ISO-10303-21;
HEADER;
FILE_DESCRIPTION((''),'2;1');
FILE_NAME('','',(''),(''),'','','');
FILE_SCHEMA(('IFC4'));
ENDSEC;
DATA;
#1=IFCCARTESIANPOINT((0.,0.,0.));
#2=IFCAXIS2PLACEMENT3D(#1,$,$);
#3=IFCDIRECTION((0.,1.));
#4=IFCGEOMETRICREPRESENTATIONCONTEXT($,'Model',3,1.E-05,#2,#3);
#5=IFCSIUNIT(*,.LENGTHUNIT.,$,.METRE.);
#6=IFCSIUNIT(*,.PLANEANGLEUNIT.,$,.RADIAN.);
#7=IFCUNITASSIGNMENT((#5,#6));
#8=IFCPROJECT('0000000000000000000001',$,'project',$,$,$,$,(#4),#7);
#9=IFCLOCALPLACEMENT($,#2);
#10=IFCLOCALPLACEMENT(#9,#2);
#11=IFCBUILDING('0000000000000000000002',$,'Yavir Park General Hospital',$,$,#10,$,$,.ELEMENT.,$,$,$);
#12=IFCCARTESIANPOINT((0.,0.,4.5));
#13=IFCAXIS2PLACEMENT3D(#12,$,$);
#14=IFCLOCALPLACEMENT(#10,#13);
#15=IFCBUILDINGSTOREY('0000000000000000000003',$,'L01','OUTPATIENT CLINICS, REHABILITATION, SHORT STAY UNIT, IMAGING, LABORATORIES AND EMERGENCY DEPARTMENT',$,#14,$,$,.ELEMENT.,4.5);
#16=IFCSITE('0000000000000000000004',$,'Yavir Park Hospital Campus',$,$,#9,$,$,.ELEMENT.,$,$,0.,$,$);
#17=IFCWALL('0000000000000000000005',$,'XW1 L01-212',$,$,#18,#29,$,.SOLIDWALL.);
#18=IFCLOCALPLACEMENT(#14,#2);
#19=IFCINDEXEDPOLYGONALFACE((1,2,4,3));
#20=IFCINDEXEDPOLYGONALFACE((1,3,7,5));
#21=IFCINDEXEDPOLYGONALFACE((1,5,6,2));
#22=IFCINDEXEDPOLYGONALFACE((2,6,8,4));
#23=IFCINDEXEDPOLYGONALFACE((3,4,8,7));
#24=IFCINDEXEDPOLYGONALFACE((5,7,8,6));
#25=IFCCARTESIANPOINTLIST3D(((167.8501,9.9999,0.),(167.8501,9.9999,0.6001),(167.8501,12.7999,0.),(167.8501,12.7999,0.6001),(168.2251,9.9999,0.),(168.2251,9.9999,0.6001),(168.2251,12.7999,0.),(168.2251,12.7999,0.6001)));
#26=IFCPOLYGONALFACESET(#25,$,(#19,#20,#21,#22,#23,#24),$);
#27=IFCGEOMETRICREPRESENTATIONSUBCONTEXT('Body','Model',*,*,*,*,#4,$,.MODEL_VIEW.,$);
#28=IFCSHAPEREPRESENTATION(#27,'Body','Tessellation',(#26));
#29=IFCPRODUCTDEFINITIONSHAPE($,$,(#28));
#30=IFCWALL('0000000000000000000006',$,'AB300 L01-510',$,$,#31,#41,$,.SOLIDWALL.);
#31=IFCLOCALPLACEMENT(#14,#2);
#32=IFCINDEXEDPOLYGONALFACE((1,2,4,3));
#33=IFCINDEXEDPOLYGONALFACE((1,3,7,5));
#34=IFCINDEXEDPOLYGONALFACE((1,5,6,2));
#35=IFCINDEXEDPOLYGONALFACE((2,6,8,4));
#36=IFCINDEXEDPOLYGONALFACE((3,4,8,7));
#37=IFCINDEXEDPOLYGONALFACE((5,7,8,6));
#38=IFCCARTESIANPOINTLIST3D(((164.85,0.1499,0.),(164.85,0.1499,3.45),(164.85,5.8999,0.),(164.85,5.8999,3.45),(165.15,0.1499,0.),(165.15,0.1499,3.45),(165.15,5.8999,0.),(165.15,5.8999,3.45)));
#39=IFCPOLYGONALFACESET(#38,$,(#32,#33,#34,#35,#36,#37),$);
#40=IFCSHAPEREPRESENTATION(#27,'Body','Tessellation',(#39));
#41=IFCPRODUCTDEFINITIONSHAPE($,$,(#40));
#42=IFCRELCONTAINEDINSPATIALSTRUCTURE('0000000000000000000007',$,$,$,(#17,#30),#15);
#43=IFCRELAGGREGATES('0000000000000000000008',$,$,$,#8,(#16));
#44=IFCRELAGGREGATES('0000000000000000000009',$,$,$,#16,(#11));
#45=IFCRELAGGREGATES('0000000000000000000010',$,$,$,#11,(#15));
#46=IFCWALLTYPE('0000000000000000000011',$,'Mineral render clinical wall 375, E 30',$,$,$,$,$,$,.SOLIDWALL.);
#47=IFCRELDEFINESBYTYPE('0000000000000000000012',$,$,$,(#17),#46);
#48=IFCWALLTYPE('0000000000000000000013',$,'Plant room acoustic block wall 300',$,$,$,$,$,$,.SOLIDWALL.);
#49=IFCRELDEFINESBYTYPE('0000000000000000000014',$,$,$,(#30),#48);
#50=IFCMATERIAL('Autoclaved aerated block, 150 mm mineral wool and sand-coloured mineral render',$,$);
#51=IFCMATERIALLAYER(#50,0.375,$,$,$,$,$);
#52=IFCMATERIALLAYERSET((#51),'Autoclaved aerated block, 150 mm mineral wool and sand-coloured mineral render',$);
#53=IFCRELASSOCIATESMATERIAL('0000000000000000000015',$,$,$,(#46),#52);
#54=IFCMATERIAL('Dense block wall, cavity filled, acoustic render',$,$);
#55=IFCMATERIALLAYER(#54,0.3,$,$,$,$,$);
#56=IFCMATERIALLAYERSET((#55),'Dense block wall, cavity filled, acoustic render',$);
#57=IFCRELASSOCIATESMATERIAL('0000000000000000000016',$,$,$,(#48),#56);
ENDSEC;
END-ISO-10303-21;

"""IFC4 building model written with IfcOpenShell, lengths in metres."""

from ifc_helpers import new_model, si_unit, direction, frame, frame_2d, origin, place, context, subcontext, project, spatial, rectangle, extrude, material, layer, layer_set, type_object, element, save


model = new_model("IFC4")

# Units and contexts
model_context = context("Model", 3, precision=1e-05, world=origin(), true_north=direction((0.0, 1.0)))
body_context = subcontext(model_context, "Body", "Model", "MODEL_VIEW")
ifc_project = project(units=[si_unit("LENGTHUNIT", "METRE"), si_unit("PLANEANGLEUNIT", "RADIAN")], contexts=[model_context])

# Site, building, storey
site_placement = place(None, origin())
site = spatial("IfcSite", under=ifc_project, at=site_placement, Name="Yavir Park Hospital Campus", CompositionType="ELEMENT", RefElevation=0.0)
building_placement = place(site_placement, origin())
building = spatial("IfcBuilding", under=site, at=building_placement, Name="Yavir Park General Hospital", CompositionType="ELEMENT")
storey_placement = place(building_placement, frame((0.0, 0.0, 4.5)))
storey = spatial("IfcBuildingStorey", under=building, at=storey_placement, Name="L01", Description="OUTPATIENT CLINICS, REHABILITATION, SHORT STAY UNIT, IMAGING, LABORATORIES AND EMERGENCY DEPARTMENT", CompositionType="ELEMENT", Elevation=4.5)

# Shared definitions
ifc_material_1 = material(Name="Autoclaved aerated block, 150 mm mineral wool and sand-coloured mineral render")
ifc_layer_1 = layer(ifc_material_1, 0.375)
ifc_layer_set_1 = layer_set([ifc_layer_1], Name="Autoclaved aerated block, 150 mm mineral wool and sand-coloured mineral render")
wall_type_1 = type_object("IfcWallType", Name="Mineral render clinical wall 375, E 30", PredefinedType="SOLIDWALL", material=ifc_layer_set_1)

# Walls
wall_1_placement = place(storey_placement, frame((168.0376, 10.0, 0.0), z_axis=(0.0, 0.0, 1.0), x_axis=(0.0, 1.0, 0.0)))
element("IfcWall", 1, at=wall_1_placement, inside=storey, type_object=wall_type_1, Name="XW1 L01-212", PredefinedType="SOLIDWALL", context=body_context, shape_type="SweptSolid", body=[
    extrude(rectangle(XDim=2.8, YDim=0.375, at=frame_2d((1.3999, 0.0))), origin(), (0.0, 0.0, 1.0), 0.6001),
])
ifc_material_2 = material(Name="Dense block wall, cavity filled, acoustic render")
ifc_layer_2 = layer(ifc_material_2, 0.3)
ifc_layer_set_2 = layer_set([ifc_layer_2], Name="Dense block wall, cavity filled, acoustic render")
wall_type_2 = type_object("IfcWallType", Name="Plant room acoustic block wall 300", PredefinedType="SOLIDWALL", material=ifc_layer_set_2)
wall_2_placement = place(storey_placement, frame((165.0, 0.1499, 0.0), z_axis=(0.0, 0.0, 1.0), x_axis=(0.0, 1.0, 0.0)))
element("IfcWall", 2, at=wall_2_placement, inside=storey, type_object=wall_type_2, Name="AB300 L01-510", PredefinedType="SOLIDWALL", context=body_context, shape_type="SweptSolid", body=[
    extrude(rectangle(XDim=5.75, YDim=0.3, at=frame_2d((2.875, 0.0))), origin(), (0.0, 0.0, 1.0), 3.45),
])

save(model, "model.ifc")
